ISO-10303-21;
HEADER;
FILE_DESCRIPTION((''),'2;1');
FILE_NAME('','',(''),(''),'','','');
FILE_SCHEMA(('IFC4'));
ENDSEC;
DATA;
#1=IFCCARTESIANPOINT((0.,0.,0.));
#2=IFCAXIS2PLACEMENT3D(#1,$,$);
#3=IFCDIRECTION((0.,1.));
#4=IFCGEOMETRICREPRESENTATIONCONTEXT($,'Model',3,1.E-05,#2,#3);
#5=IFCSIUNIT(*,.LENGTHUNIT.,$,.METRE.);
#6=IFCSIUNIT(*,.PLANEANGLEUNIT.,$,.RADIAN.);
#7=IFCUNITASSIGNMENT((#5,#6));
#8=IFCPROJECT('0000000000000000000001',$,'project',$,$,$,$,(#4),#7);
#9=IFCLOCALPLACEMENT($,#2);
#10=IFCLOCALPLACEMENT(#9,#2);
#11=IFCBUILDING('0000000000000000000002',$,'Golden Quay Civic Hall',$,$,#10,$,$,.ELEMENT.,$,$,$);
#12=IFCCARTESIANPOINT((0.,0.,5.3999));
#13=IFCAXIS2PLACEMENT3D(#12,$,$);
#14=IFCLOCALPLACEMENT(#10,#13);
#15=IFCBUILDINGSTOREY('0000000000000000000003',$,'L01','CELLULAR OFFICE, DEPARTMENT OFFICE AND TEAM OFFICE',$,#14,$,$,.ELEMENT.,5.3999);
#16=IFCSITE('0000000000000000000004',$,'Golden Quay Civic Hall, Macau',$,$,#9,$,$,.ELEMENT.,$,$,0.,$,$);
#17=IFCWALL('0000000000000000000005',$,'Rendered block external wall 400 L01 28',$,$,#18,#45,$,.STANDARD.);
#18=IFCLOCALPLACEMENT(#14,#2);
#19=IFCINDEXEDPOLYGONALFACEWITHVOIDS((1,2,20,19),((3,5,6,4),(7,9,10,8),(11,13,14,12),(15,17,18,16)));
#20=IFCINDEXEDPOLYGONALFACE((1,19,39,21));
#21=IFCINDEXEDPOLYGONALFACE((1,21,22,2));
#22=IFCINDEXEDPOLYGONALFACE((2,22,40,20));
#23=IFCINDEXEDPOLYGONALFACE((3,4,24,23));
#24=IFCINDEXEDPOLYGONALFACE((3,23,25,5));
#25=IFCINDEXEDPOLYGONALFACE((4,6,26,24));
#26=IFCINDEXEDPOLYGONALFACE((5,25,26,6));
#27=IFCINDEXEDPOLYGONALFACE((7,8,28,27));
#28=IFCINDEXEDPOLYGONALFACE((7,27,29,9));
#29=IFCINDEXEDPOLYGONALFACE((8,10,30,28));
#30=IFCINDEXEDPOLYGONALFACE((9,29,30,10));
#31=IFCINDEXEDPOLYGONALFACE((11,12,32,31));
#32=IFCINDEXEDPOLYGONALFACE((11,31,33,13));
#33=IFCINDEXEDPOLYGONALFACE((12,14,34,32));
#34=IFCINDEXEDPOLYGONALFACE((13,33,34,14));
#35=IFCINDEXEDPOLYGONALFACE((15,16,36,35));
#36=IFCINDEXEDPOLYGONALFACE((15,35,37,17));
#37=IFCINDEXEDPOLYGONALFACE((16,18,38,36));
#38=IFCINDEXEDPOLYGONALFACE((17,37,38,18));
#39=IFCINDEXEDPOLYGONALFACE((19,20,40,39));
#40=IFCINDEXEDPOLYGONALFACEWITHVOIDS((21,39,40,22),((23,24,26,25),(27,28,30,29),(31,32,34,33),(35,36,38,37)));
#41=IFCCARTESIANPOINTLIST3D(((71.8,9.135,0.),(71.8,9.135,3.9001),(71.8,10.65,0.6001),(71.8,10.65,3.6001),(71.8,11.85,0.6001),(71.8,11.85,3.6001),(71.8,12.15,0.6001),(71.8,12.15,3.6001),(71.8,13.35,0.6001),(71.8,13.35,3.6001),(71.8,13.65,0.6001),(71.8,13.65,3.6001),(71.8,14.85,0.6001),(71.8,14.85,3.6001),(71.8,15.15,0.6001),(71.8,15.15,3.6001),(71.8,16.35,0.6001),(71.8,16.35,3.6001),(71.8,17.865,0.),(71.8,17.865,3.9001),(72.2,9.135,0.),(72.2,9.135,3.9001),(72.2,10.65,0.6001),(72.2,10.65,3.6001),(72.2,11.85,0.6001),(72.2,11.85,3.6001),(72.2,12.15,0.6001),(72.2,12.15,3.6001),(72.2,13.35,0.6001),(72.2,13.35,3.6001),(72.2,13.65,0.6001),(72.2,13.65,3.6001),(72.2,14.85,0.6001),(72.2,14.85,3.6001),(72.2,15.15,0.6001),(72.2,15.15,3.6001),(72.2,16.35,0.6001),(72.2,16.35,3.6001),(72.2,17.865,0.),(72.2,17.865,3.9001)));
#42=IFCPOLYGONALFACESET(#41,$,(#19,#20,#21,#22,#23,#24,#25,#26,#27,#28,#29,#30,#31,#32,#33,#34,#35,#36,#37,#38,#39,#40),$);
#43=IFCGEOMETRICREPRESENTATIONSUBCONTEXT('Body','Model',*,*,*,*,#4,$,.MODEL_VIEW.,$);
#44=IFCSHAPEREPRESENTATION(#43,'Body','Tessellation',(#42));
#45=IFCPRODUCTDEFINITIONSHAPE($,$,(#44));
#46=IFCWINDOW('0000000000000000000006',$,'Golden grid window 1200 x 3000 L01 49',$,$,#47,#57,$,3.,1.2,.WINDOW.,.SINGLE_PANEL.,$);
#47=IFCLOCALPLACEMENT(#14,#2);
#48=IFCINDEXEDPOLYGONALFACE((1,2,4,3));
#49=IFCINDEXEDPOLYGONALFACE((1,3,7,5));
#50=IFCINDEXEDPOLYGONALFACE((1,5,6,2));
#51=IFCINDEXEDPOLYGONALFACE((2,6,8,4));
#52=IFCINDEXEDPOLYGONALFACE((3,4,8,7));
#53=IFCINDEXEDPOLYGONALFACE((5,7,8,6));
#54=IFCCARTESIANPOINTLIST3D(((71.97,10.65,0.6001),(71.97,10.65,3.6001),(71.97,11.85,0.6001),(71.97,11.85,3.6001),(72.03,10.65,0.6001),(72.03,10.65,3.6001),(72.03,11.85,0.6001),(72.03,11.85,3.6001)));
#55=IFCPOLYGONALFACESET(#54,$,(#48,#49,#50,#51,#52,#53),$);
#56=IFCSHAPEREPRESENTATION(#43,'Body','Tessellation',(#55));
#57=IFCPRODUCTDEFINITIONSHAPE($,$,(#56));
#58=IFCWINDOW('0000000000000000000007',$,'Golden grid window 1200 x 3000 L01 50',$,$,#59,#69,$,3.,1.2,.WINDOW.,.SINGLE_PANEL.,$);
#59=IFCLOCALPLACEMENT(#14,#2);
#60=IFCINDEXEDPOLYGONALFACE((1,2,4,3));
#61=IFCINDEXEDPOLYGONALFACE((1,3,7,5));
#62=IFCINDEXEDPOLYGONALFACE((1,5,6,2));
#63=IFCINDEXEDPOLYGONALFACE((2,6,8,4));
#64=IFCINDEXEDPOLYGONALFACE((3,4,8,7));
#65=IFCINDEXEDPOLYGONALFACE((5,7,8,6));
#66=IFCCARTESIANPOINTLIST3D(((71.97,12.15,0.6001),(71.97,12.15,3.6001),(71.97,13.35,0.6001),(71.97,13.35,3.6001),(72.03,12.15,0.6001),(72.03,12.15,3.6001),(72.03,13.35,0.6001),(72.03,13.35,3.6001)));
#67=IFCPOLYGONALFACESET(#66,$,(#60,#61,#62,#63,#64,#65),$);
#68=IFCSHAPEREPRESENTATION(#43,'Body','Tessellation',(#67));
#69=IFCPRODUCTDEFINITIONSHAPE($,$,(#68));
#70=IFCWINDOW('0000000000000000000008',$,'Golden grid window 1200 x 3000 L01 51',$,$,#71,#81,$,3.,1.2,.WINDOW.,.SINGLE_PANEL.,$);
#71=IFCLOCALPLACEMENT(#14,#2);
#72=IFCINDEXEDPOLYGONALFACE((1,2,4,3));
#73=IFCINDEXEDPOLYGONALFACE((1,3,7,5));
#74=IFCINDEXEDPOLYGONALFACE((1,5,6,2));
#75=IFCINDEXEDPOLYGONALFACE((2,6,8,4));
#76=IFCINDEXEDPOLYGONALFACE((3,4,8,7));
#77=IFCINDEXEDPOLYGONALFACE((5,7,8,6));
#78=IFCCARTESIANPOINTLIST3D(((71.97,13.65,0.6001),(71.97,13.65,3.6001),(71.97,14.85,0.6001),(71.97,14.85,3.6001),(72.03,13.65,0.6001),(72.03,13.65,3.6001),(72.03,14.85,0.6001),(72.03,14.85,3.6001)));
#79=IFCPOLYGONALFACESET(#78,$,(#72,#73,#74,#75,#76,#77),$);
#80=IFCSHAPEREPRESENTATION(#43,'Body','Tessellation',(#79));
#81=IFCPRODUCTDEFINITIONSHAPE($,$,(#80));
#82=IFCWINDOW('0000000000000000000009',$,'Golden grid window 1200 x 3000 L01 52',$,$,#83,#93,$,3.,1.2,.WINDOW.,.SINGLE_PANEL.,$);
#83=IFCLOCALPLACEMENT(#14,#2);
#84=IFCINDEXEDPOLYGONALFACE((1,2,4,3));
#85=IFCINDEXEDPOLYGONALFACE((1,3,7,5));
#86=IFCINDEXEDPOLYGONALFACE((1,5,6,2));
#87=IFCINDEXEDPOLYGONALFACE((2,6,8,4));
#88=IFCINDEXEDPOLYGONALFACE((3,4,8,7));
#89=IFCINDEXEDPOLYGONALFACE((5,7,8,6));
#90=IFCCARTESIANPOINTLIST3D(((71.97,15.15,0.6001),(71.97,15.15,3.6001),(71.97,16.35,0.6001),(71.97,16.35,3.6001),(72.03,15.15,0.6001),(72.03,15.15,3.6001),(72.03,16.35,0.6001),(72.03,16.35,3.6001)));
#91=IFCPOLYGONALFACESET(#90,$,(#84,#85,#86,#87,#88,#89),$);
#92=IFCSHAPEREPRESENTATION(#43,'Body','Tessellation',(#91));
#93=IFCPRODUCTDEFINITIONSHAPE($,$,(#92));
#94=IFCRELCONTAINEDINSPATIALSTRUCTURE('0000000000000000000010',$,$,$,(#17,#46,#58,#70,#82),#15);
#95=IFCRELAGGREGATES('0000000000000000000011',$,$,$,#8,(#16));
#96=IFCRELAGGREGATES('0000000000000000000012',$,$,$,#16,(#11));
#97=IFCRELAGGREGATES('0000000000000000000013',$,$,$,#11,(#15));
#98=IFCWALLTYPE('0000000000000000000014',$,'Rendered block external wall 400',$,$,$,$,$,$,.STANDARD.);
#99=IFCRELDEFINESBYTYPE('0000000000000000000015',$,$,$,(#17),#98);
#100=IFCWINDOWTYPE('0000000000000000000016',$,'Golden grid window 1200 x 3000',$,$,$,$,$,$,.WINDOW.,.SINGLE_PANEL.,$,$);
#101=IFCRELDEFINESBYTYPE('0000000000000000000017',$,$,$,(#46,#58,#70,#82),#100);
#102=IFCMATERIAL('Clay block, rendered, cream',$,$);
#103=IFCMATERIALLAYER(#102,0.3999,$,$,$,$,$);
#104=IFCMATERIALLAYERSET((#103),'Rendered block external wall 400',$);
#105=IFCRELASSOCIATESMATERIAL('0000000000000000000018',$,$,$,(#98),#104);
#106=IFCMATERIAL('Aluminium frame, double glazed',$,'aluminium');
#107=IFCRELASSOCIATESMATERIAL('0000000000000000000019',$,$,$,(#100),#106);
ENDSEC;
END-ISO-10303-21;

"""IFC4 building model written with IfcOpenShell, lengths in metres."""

from ifc_helpers import new_model, si_unit, direction, frame, frame_2d, origin, place, context, subcontext, project, spatial, rectangle, extrude, material, layer, layer_set, type_object, element, fill, save


model = new_model("IFC4")

# Units and contexts
model_context = context("Model", 3, precision=1e-05, world=origin(), true_north=direction((0.0, 1.0)))
body_context = subcontext(model_context, "Body", "Model", "MODEL_VIEW")
ifc_project = project(units=[si_unit("LENGTHUNIT", "METRE"), si_unit("PLANEANGLEUNIT", "RADIAN")], contexts=[model_context])

# Site, building, storey
site_placement = place(None, origin())
site = spatial("IfcSite", under=ifc_project, at=site_placement, Name="Golden Quay Civic Hall, Macau", CompositionType="ELEMENT", RefElevation=0.0)
building_placement = place(site_placement, origin())
building = spatial("IfcBuilding", under=site, at=building_placement, Name="Golden Quay Civic Hall", CompositionType="ELEMENT")
storey_placement = place(building_placement, frame((0.0, 0.0, 5.3999)))
storey = spatial("IfcBuildingStorey", under=building, at=storey_placement, Name="L01", Description="CELLULAR OFFICE, DEPARTMENT OFFICE AND TEAM OFFICE", CompositionType="ELEMENT", Elevation=5.3999)

# Wall, openings, windows
ifc_material_1 = material(Name="Clay block, rendered, cream")
ifc_layer_1 = layer(ifc_material_1, 0.3999)
ifc_layer_set_1 = layer_set([ifc_layer_1], Name="Rendered block external wall 400")
wall_type_1 = type_object("IfcWallType", Name="Rendered block external wall 400", PredefinedType="STANDARD", material=ifc_layer_set_1)
wall_1_placement = place(storey_placement, frame((72.0, 17.865, 0.0), z_axis=(0.0, 0.0, 1.0), x_axis=(0.0, -1.0, 0.0)))
wall_1 = element("IfcWall", 1, at=wall_1_placement, inside=storey, type_object=wall_type_1, Name="Rendered block external wall 400 L01 28", PredefinedType="STANDARD", context=body_context, shape_type="SweptSolid", body=[
    extrude(rectangle(XDim=8.73, YDim=0.3999, at=frame_2d((4.365, 0.0))), origin(), (0.0, 0.0, 1.0), 3.9001),
])
opening_1_placement = place(wall_1_placement, frame((6.0149, 0.0, 0.6001)))
opening_1 = element("IfcOpeningElement", 2, at=opening_1_placement, cuts=wall_1, PredefinedType="OPENING", context=body_context, shape_type="SweptSolid", body=[
    extrude(rectangle(XDim=1.2, YDim=3.0, at=frame_2d((0.6001, 1.5))), frame((0.0, 0.21, 0.0), z_axis=(0.0, -1.0, 0.0), x_axis=(1.0, 0.0, 0.0)), (0.0, 0.0, 1.0), 0.4199),
])
opening_2_placement = place(wall_1_placement, frame((4.5149, 0.0, 0.6001)))
opening_2 = element("IfcOpeningElement", 3, at=opening_2_placement, cuts=wall_1, PredefinedType="OPENING", context=body_context, shape_type="SweptSolid", body=[
    extrude(rectangle(XDim=1.2, YDim=3.0, at=frame_2d((0.6001, 1.5))), frame((0.0, 0.21, 0.0), z_axis=(0.0, -1.0, 0.0), x_axis=(1.0, 0.0, 0.0)), (0.0, 0.0, 1.0), 0.4199),
])
opening_3_placement = place(wall_1_placement, frame((3.0149, 0.0, 0.6001)))
opening_3 = element("IfcOpeningElement", 4, at=opening_3_placement, cuts=wall_1, PredefinedType="OPENING", context=body_context, shape_type="SweptSolid", body=[
    extrude(rectangle(XDim=1.2, YDim=3.0, at=frame_2d((0.6001, 1.5))), frame((0.0, 0.21, 0.0), z_axis=(0.0, -1.0, 0.0), x_axis=(1.0, 0.0, 0.0)), (0.0, 0.0, 1.0), 0.4199),
])
opening_4_placement = place(wall_1_placement, frame((1.5149, 0.0, 0.6001)))
opening_4 = element("IfcOpeningElement", 5, at=opening_4_placement, cuts=wall_1, PredefinedType="OPENING", context=body_context, shape_type="SweptSolid", body=[
    extrude(rectangle(XDim=1.2, YDim=3.0, at=frame_2d((0.6001, 1.5))), frame((0.0, 0.21, 0.0), z_axis=(0.0, -1.0, 0.0), x_axis=(1.0, 0.0, 0.0)), (0.0, 0.0, 1.0), 0.4199),
])
ifc_material_2 = material(Name="Aluminium frame, double glazed", Category="aluminium")
window_type = type_object("IfcWindowType", Name="Golden grid window 1200 x 3000", PartitioningType="SINGLE_PANEL", PredefinedType="WINDOW", material=ifc_material_2)
window_1_placement = place(opening_1_placement, origin())
window_1 = element("IfcWindow", 6, at=window_1_placement, inside=storey, type_object=window_type, Name="Golden grid window 1200 x 3000 L01 49", OverallHeight=3.0, OverallWidth=1.2, PartitioningType="SINGLE_PANEL", PredefinedType="WINDOW", context=body_context, shape_type="SweptSolid", body=[
    extrude(rectangle(XDim=1.2, YDim=3.0, at=frame_2d((0.6001, 1.5))), frame((0.0, 0.03, 0.0), z_axis=(0.0, -1.0, 0.0), x_axis=(1.0, 0.0, 0.0)), (0.0, 0.0, 1.0), 0.0601),
])
fill(opening_1, window_1)
window_2_placement = place(opening_2_placement, origin())
window_2 = element("IfcWindow", 7, at=window_2_placement, inside=storey, type_object=window_type, Name="Golden grid window 1200 x 3000 L01 50", OverallHeight=3.0, OverallWidth=1.2, PartitioningType="SINGLE_PANEL", PredefinedType="WINDOW", context=body_context, shape_type="SweptSolid", body=[
    extrude(rectangle(XDim=1.2, YDim=3.0, at=frame_2d((0.6001, 1.5))), frame((0.0, 0.03, 0.0), z_axis=(0.0, -1.0, 0.0), x_axis=(1.0, 0.0, 0.0)), (0.0, 0.0, 1.0), 0.0601),
])
fill(opening_2, window_2)
window_3_placement = place(opening_3_placement, origin())
window_3 = element("IfcWindow", 8, at=window_3_placement, inside=storey, type_object=window_type, Name="Golden grid window 1200 x 3000 L01 51", OverallHeight=3.0, OverallWidth=1.2, PartitioningType="SINGLE_PANEL", PredefinedType="WINDOW", context=body_context, shape_type="SweptSolid", body=[
    extrude(rectangle(XDim=1.2, YDim=3.0, at=frame_2d((0.6001, 1.5))), frame((0.0, 0.03, 0.0), z_axis=(0.0, -1.0, 0.0), x_axis=(1.0, 0.0, 0.0)), (0.0, 0.0, 1.0), 0.0601),
])
fill(opening_3, window_3)
window_4_placement = place(opening_4_placement, origin())
window_4 = element("IfcWindow", 9, at=window_4_placement, inside=storey, type_object=window_type, Name="Golden grid window 1200 x 3000 L01 52", OverallHeight=3.0, OverallWidth=1.2, PartitioningType="SINGLE_PANEL", PredefinedType="WINDOW", context=body_context, shape_type="SweptSolid", body=[
    extrude(rectangle(XDim=1.2, YDim=3.0, at=frame_2d((0.6001, 1.5))), frame((0.0, 0.03, 0.0), z_axis=(0.0, -1.0, 0.0), x_axis=(1.0, 0.0, 0.0)), (0.0, 0.0, 1.0), 0.0601),
])
fill(opening_4, window_4)

save(model, "model.ifc")
